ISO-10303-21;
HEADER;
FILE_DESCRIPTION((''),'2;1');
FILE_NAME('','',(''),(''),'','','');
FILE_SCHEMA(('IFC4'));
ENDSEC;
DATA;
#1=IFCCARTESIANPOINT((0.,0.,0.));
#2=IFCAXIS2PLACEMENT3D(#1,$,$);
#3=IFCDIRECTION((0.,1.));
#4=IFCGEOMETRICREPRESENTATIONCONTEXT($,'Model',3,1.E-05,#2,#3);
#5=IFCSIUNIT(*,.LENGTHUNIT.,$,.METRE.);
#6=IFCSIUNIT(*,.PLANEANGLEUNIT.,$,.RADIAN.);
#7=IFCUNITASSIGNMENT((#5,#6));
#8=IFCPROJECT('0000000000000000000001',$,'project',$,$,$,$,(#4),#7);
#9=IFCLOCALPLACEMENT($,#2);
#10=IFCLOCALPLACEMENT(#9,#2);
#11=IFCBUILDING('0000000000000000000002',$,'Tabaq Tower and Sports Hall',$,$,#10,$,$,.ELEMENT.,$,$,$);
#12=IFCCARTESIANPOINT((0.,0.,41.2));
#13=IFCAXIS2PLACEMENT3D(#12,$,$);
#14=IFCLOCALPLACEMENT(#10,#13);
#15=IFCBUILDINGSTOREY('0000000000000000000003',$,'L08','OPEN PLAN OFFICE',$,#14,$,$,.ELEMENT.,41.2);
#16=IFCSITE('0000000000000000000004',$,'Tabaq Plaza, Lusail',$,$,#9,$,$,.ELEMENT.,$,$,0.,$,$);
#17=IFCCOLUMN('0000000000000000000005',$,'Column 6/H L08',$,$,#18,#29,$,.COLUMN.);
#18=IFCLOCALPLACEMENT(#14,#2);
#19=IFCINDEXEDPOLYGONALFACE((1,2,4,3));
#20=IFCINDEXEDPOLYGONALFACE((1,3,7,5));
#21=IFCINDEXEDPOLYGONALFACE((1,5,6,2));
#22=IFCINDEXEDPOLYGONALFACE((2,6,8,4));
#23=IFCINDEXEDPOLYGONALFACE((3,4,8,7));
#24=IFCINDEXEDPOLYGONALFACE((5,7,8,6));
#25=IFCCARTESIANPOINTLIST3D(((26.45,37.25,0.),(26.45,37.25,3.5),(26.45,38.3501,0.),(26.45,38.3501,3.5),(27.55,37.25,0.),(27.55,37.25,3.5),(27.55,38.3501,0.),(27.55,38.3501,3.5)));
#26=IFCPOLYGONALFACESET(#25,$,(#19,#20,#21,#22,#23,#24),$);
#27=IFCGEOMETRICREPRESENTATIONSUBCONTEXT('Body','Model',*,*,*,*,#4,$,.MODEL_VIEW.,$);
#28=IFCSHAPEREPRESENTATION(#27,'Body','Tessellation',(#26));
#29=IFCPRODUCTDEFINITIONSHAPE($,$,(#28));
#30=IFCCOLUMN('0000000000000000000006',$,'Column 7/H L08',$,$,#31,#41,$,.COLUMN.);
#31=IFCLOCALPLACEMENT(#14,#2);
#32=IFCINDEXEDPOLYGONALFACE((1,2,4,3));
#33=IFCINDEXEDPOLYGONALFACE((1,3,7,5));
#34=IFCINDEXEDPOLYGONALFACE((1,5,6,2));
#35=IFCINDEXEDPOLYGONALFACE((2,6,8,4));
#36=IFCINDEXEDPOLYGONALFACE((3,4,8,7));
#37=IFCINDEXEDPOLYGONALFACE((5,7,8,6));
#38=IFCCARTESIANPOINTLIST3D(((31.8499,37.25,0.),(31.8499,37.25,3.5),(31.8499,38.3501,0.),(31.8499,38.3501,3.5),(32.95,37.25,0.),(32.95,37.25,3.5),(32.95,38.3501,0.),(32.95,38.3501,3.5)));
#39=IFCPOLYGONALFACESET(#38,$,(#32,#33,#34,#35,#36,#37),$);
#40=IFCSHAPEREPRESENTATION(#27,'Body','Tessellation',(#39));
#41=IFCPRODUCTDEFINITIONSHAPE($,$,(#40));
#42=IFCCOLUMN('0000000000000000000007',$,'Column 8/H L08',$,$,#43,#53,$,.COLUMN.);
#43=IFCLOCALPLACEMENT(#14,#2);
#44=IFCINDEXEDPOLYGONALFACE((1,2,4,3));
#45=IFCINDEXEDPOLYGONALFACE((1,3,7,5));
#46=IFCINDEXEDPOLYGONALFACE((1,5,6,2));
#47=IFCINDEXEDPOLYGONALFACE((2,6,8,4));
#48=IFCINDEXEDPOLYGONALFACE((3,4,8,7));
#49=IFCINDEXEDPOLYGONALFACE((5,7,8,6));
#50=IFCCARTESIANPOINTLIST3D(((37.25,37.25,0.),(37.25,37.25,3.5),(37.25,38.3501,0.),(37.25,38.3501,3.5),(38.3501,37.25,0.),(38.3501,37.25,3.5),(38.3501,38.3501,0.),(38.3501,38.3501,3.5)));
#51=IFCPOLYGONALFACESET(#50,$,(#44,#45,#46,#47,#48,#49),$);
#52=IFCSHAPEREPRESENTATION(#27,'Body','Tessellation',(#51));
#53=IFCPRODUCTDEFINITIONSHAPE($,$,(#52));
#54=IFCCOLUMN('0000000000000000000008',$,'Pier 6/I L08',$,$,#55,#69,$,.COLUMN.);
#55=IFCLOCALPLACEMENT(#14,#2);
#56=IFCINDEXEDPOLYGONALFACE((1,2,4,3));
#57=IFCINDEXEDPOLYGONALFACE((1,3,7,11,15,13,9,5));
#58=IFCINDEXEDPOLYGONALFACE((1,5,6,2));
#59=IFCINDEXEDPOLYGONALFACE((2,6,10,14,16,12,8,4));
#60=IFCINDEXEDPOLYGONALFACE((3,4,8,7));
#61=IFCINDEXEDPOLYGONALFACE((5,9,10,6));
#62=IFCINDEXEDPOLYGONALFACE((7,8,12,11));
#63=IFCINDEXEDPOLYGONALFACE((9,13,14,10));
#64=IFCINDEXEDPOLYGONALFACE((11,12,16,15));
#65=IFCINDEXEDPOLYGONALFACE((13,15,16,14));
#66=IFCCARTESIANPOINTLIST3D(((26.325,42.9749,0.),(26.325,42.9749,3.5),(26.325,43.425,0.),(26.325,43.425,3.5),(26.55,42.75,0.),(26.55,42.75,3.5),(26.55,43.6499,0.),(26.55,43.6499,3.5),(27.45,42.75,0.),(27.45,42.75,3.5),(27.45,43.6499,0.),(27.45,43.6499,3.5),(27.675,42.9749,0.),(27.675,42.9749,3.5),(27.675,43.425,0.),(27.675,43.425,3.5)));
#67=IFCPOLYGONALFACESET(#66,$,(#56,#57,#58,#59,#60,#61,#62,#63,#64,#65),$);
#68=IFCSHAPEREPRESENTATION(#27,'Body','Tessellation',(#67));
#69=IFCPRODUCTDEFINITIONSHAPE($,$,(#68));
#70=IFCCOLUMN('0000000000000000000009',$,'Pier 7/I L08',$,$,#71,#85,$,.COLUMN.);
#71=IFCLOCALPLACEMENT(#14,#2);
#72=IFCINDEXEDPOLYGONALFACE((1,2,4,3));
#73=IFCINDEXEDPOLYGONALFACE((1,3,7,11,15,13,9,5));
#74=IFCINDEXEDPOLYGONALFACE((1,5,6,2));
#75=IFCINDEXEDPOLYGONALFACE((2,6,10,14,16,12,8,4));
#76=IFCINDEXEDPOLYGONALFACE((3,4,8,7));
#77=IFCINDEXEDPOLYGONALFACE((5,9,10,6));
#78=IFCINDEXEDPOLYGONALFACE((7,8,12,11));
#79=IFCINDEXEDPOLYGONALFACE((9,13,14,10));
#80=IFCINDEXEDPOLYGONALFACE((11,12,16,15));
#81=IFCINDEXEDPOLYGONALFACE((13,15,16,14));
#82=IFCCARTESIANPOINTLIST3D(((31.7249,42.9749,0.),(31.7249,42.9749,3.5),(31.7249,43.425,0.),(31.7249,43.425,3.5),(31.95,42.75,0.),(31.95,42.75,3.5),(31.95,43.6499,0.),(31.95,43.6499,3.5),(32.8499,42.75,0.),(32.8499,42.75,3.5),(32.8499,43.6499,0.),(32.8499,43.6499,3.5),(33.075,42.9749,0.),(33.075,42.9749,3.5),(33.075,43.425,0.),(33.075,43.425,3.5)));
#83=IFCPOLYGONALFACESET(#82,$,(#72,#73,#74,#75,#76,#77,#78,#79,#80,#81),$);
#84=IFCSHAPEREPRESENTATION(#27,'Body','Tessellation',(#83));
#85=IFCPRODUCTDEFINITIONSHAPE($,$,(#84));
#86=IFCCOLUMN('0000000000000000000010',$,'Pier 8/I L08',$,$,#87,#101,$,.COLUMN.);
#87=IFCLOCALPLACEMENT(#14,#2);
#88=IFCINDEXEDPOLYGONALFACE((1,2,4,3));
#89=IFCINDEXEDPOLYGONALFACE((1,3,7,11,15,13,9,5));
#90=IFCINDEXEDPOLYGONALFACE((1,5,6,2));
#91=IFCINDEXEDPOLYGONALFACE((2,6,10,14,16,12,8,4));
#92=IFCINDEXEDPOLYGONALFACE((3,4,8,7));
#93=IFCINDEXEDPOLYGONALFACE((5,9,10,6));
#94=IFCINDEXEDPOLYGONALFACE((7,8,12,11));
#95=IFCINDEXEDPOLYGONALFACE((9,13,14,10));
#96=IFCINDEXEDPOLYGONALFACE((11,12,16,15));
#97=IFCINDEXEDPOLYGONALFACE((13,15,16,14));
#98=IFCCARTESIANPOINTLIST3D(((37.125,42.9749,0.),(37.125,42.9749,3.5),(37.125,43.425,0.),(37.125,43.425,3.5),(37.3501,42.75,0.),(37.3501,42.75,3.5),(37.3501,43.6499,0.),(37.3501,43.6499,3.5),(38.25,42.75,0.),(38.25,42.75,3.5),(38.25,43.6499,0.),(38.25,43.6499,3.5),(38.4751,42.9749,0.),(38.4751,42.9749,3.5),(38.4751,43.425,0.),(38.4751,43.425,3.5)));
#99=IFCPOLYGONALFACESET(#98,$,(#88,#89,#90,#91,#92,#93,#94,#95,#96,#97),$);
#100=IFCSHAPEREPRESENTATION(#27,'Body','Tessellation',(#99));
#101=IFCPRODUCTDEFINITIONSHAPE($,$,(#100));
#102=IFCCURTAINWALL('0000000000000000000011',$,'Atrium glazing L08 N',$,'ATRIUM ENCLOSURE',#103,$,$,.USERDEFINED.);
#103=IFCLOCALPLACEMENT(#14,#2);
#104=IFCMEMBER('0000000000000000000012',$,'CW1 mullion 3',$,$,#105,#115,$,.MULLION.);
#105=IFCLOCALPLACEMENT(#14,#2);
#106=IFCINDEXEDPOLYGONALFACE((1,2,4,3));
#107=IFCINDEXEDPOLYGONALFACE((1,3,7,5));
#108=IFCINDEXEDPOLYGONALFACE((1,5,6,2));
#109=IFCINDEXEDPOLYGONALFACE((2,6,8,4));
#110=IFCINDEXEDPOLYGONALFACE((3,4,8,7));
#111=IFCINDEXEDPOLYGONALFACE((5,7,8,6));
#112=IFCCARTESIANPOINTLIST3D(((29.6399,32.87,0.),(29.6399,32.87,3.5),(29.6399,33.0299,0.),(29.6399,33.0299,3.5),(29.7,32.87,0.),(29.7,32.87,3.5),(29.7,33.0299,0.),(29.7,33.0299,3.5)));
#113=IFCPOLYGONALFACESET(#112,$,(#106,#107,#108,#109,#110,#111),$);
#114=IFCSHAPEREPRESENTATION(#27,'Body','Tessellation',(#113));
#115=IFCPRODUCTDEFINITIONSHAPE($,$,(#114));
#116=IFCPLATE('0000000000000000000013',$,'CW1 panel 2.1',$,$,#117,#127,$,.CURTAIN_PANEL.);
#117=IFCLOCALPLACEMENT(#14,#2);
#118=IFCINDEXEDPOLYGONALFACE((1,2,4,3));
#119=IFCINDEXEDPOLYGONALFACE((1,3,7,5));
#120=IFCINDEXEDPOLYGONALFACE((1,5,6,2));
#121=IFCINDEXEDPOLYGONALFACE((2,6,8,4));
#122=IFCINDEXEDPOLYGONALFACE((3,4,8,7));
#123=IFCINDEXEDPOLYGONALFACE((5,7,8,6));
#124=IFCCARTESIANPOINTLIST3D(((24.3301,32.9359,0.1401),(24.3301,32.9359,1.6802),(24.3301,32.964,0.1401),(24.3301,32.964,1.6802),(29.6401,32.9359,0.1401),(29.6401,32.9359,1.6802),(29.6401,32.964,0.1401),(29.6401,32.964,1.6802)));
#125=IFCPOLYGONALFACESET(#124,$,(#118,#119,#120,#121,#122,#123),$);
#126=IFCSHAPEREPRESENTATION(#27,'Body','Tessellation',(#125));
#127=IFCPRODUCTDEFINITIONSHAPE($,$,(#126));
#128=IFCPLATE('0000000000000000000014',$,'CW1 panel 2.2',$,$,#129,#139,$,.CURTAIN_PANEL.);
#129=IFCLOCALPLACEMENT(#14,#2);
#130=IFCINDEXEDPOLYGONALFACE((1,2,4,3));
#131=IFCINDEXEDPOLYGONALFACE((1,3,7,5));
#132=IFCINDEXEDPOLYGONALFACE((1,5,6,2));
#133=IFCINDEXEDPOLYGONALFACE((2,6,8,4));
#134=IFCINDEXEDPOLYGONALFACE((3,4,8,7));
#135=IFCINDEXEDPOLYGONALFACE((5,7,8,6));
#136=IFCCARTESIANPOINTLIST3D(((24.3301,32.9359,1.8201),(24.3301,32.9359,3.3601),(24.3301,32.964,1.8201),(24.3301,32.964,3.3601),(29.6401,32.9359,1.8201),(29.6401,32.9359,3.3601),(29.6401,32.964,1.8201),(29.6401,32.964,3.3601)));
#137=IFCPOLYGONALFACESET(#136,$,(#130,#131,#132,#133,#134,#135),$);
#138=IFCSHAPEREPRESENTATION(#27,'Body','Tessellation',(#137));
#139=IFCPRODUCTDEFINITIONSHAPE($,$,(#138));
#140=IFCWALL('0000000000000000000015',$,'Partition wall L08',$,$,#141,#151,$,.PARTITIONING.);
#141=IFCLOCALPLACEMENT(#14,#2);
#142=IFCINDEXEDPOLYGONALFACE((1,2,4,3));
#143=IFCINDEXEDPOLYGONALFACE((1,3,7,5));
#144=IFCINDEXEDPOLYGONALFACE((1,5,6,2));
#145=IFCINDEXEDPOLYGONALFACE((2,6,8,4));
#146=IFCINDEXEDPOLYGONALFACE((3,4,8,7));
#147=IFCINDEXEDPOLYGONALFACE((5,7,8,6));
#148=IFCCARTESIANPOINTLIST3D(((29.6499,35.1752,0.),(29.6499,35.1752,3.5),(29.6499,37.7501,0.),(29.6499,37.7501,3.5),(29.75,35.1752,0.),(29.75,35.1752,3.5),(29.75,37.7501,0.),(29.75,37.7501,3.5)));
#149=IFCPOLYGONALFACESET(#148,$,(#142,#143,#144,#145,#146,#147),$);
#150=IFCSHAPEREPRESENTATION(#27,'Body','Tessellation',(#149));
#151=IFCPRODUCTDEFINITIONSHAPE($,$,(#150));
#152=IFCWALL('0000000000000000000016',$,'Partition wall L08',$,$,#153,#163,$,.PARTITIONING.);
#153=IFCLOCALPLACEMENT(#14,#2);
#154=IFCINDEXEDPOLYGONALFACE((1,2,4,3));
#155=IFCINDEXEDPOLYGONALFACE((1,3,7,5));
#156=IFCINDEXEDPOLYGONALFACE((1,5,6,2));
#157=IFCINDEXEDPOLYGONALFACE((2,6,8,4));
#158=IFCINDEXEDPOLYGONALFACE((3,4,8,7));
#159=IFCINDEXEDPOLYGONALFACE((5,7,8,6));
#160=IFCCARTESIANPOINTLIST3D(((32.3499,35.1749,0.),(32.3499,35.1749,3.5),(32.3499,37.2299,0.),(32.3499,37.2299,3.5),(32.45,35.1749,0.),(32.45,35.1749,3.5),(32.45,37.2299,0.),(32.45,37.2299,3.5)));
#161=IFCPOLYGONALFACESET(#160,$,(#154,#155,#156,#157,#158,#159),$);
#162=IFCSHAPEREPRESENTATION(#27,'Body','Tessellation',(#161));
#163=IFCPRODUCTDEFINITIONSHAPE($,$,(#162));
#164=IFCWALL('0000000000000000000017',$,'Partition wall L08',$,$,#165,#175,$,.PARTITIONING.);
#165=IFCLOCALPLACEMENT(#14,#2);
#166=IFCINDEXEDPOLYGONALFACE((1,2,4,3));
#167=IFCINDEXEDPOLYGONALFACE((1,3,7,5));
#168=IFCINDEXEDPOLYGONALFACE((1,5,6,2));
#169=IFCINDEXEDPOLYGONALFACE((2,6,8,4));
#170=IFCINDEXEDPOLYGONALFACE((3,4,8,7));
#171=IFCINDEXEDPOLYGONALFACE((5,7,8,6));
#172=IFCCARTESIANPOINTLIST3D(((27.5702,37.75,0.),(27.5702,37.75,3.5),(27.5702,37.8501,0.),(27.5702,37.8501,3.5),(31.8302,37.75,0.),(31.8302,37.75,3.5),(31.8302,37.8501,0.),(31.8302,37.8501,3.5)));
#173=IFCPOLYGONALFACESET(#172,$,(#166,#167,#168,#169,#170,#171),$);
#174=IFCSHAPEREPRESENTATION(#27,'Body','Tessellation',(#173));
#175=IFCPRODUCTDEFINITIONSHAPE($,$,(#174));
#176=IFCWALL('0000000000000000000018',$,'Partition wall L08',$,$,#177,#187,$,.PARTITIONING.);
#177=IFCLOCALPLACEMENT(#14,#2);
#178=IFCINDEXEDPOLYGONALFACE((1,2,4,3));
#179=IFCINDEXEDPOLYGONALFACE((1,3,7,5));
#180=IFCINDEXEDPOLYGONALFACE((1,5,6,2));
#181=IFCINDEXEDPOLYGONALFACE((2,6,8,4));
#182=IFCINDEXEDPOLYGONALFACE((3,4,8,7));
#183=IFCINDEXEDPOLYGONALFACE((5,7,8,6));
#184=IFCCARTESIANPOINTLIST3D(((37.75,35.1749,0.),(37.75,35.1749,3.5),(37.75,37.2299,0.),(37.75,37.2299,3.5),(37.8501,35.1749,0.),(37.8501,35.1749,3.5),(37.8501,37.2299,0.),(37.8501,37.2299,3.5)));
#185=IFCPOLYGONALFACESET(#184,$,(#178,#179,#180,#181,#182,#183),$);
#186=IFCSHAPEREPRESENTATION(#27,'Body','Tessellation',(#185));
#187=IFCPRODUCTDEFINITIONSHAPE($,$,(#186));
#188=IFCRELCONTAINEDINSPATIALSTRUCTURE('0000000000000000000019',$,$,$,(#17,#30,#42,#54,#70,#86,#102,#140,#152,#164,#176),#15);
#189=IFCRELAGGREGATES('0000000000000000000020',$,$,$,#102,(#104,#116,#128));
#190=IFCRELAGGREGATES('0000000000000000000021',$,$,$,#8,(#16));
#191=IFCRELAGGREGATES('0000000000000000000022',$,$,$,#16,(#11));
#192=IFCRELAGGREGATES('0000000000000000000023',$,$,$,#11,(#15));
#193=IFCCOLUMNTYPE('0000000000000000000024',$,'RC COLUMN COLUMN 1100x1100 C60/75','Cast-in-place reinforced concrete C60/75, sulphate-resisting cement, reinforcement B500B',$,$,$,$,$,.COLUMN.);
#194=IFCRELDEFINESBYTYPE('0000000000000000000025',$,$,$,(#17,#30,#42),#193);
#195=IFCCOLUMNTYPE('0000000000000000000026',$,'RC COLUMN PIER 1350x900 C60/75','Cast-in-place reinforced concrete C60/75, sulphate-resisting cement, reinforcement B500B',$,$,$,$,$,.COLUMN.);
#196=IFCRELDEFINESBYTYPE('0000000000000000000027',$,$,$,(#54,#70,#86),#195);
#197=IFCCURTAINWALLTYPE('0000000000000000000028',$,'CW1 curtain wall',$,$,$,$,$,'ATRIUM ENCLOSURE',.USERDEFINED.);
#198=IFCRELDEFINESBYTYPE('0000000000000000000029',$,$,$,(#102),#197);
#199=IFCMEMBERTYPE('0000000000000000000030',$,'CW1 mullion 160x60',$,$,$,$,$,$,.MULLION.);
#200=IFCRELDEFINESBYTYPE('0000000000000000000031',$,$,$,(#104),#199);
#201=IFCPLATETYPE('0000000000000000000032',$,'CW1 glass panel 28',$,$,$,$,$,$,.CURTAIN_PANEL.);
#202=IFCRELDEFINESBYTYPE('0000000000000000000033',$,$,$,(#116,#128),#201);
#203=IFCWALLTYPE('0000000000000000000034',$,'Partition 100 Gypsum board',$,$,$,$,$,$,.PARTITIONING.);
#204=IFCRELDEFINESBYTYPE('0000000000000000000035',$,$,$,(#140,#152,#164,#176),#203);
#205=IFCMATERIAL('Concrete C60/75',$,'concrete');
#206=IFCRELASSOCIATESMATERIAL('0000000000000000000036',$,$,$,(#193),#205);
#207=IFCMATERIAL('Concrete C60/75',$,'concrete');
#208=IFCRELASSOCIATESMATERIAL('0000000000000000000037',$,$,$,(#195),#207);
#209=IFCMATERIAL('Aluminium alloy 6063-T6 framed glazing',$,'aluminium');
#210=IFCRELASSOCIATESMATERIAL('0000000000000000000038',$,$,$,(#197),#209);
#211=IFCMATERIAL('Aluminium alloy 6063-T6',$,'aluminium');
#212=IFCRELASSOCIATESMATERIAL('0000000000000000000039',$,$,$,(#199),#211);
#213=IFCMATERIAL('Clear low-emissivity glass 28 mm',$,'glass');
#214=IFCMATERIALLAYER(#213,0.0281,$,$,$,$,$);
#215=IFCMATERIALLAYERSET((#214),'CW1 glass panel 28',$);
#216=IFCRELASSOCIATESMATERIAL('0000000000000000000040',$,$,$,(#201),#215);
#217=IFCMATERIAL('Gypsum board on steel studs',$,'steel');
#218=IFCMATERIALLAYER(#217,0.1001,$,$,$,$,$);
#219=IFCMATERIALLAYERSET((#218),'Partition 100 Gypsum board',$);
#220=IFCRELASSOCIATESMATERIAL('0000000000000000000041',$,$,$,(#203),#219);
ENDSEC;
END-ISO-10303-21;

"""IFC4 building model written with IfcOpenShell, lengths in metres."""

from ifc_helpers import new_model, si_unit, direction, frame, frame_2d, origin, origin_2d, place, context, subcontext, project, spatial, polyline, rectangle, outline, extrude, material, layer, layer_set, material_profile, profile_set, type_object, element, aggregate, save


model = new_model("IFC4")

# Units and contexts
model_context = context("Model", 3, precision=1e-05, world=origin(), true_north=direction((0.0, 1.0)))
body_context = subcontext(model_context, "Body", "Model", "MODEL_VIEW")
ifc_project = project(units=[si_unit("LENGTHUNIT", "METRE"), si_unit("PLANEANGLEUNIT", "RADIAN")], contexts=[model_context])

# Site, building, storey
site_placement = place(None, origin())
site = spatial("IfcSite", under=ifc_project, at=site_placement, Name="Tabaq Plaza, Lusail", CompositionType="ELEMENT", RefElevation=0.0)
building_placement = place(site_placement, origin())
building = spatial("IfcBuilding", under=site, at=building_placement, Name="Tabaq Tower and Sports Hall", CompositionType="ELEMENT")
storey_placement = place(building_placement, frame((0.0, 0.0, 41.2)))
storey = spatial("IfcBuildingStorey", under=building, at=storey_placement, Name="L08", Description="OPEN PLAN OFFICE", CompositionType="ELEMENT", Elevation=41.2)

# Columns
ifc_material_1 = material(Name="Concrete C60/75", Category="concrete")
ifc_material_profile_1 = material_profile(ifc_material_1, rectangle(XDim=1.1001, YDim=1.1001, at=origin_2d()), Name="COLUMN 1100x1100")
ifc_profile_set_1 = profile_set([ifc_material_profile_1], Name="Concrete C60/75")
column_type_1 = type_object("IfcColumnType", Name="RC COLUMN COLUMN 1100x1100 C60/75", Description="Cast-in-place reinforced concrete C60/75, sulphate-resisting cement, reinforcement B500B", PredefinedType="COLUMN", material=ifc_profile_set_1)
for number, where, z_axis, x_axis, name in (
    (1, (27.0, 37.8, 0.0), (0.0, 0.0, 1.0), (1.0, 0.0, 0.0), "Column 6/H L08"),
    (2, (32.3999, 37.8, 0.0), (0.0, 0.0, 1.0), (1.0, 0.0, 0.0), "Column 7/H L08"),
    (3, (37.8, 37.8, 0.0), (0.0, 0.0, 1.0), (1.0, 0.0, 0.0), "Column 8/H L08"),
):
    element("IfcColumn", number, at=place(storey_placement, frame(where, z_axis=z_axis, x_axis=x_axis)), inside=storey, type_object=column_type_1, Name=name, PredefinedType="COLUMN", context=body_context, shape_type="SweptSolid", body=[
        extrude(rectangle(XDim=1.1001, YDim=1.1001, at=origin_2d()), origin(), (0.0, 0.0, 1.0), 3.5),
    ])
ifc_material_2 = material(Name="Concrete C60/75", Category="concrete")
ifc_material_profile_2 = material_profile(ifc_material_2, outline(polyline([(-0.45, -0.45), (0.45, -0.45), (0.675, -0.2251), (0.675, 0.2251), (0.45, 0.45), (-0.45, 0.45), (-0.675, 0.2251), (-0.675, -0.2251), (-0.45, -0.45)])), Name="PIER 1350x900")
ifc_profile_set_2 = profile_set([ifc_material_profile_2], Name="Concrete C60/75")
column_type_2 = type_object("IfcColumnType", Name="RC COLUMN PIER 1350x900 C60/75", Description="Cast-in-place reinforced concrete C60/75, sulphate-resisting cement, reinforcement B500B", PredefinedType="COLUMN", material=ifc_profile_set_2)
for number, where, z_axis, x_axis, name in (
    (4, (27.0, 43.2, 0.0), (0.0, 0.0, 1.0), (1.0, 0.0, 0.0), "Pier 6/I L08"),
    (5, (32.3999, 43.2, 0.0), (0.0, 0.0, 1.0), (1.0, 0.0, 0.0), "Pier 7/I L08"),
    (6, (37.8, 43.2, 0.0), (0.0, 0.0, 1.0), (1.0, 0.0, 0.0), "Pier 8/I L08"),
):
    element("IfcColumn", number, at=place(storey_placement, frame(where, z_axis=z_axis, x_axis=x_axis)), inside=storey, type_object=column_type_2, Name=name, PredefinedType="COLUMN", context=body_context, shape_type="SweptSolid", body=[
        extrude(outline(polyline([(-0.45, -0.45), (0.45, -0.45), (0.675, -0.2251), (0.675, 0.2251), (0.45, 0.45), (-0.45, 0.45), (-0.675, 0.2251), (-0.675, -0.2251), (-0.45, -0.45)])), origin(), (0.0, 0.0, 1.0), 3.5),
    ])

# Curtain wall, member, plates
ifc_material_3 = material(Name="Aluminium alloy 6063-T6 framed glazing", Category="aluminium")
curtain_wall_type = type_object("IfcCurtainWallType", Name="CW1 curtain wall", ElementType="ATRIUM ENCLOSURE", PredefinedType="USERDEFINED", material=ifc_material_3)
curtain_wall_placement = place(storey_placement, origin())
curtain_wall = element("IfcCurtainWall", 7, at=curtain_wall_placement, inside=storey, type_object=curtain_wall_type, Name="Atrium glazing L08 N", ObjectType="ATRIUM ENCLOSURE", PredefinedType="USERDEFINED")
ifc_material_4 = material(Name="Aluminium alloy 6063-T6", Category="aluminium")
ifc_material_profile_3 = material_profile(ifc_material_4, rectangle(XDim=0.1599, YDim=0.0601, at=origin_2d()), Name="MULLION 160x60")
ifc_profile_set_3 = profile_set([ifc_material_profile_3], Name="Aluminium alloy 6063-T6")
member_type = type_object("IfcMemberType", Name="CW1 mullion 160x60", PredefinedType="MULLION", material=ifc_profile_set_3)
member_placement = place(storey_placement, frame((29.6699, 32.95, 0.0), z_axis=(0.0, 0.0, 1.0), x_axis=(0.0, 1.0, 0.0)))
member = element("IfcMember", 8, at=member_placement, type_object=member_type, Name="CW1 mullion 3", PredefinedType="MULLION", context=body_context, shape_type="SweptSolid", body=[
    extrude(rectangle(XDim=0.1599, YDim=0.0601, at=origin_2d()), origin(), (0.0, 0.0, 1.0), 3.5),
])
ifc_material_5 = material(Name="Clear low-emissivity glass 28 mm", Category="glass")
ifc_layer_1 = layer(ifc_material_5, 0.0281)
ifc_layer_set_1 = layer_set([ifc_layer_1], Name="CW1 glass panel 28")
plate_type = type_object("IfcPlateType", Name="CW1 glass panel 28", PredefinedType="CURTAIN_PANEL", material=ifc_layer_set_1)
plate_1_placement = place(storey_placement, frame((26.9851, 32.95, 0.1401), z_axis=(0.0, 0.0, 1.0), x_axis=(1.0, 0.0, 0.0)))
plate_1 = element("IfcPlate", 9, at=plate_1_placement, type_object=plate_type, Name="CW1 panel 2.1", PredefinedType="CURTAIN_PANEL", context=body_context, shape_type="SweptSolid", body=[
    extrude(rectangle(XDim=5.3101, YDim=0.0281, at=origin_2d()), origin(), (0.0, 0.0, 1.0), 1.54),
])
plate_2_placement = place(storey_placement, frame((26.9851, 32.95, 1.8201), z_axis=(0.0, 0.0, 1.0), x_axis=(1.0, 0.0, 0.0)))
plate_2 = element("IfcPlate", 10, at=plate_2_placement, type_object=plate_type, Name="CW1 panel 2.2", PredefinedType="CURTAIN_PANEL", context=body_context, shape_type="SweptSolid", body=[
    extrude(rectangle(XDim=5.3101, YDim=0.0281, at=origin_2d()), origin(), (0.0, 0.0, 1.0), 1.54),
])
aggregate(curtain_wall, [member, plate_1, plate_2])

# Walls
ifc_material_6 = material(Name="Gypsum board on steel studs", Category="steel")
ifc_layer_2 = layer(ifc_material_6, 0.1001)
ifc_layer_set_2 = layer_set([ifc_layer_2], Name="Partition 100 Gypsum board")
wall_type_1 = type_object("IfcWallType", Name="Partition 100 Gypsum board", PredefinedType="PARTITIONING", material=ifc_layer_set_2)
wall_1_placement = place(storey_placement, frame((29.7, 35.175, 0.0), z_axis=(0.0, 0.0, 1.0), x_axis=(0.0, 1.0, 0.0)))
element("IfcWall", 11, at=wall_1_placement, inside=storey, type_object=wall_type_1, Name="Partition wall L08", PredefinedType="PARTITIONING", context=body_context, shape_type="SweptSolid", body=[
    extrude(rectangle(XDim=2.575, YDim=0.1001, at=frame_2d((1.2876, 0.0))), origin(), (0.0, 0.0, 1.0), 3.5),
])
wall_2_placement = place(storey_placement, frame((32.3999, 35.175, 0.0), z_axis=(0.0, 0.0, 1.0), x_axis=(0.0, 1.0, 0.0)))
element("IfcWall", 12, at=wall_2_placement, inside=storey, type_object=wall_type_1, Name="Partition wall L08", PredefinedType="PARTITIONING", context=body_context, shape_type="SweptSolid", body=[
    extrude(rectangle(XDim=2.0549, YDim=0.1001, at=frame_2d((1.0273, 0.0))), origin(), (0.0, 0.0, 1.0), 3.5),
])
wall_3_placement = place(storey_placement, frame((31.8301, 37.8, 0.0), z_axis=(0.0, 0.0, 1.0), x_axis=(-1.0, 0.0, 0.0)))
element("IfcWall", 13, at=wall_3_placement, inside=storey, type_object=wall_type_1, Name="Partition wall L08", PredefinedType="PARTITIONING", context=body_context, shape_type="SweptSolid", body=[
    extrude(rectangle(XDim=4.26, YDim=0.1001, at=frame_2d((2.1299, 0.0))), origin(), (0.0, 0.0, 1.0), 3.5),
])
wall_4_placement = place(storey_placement, frame((37.8, 35.175, 0.0), z_axis=(0.0, 0.0, 1.0), x_axis=(0.0, 1.0, 0.0)))
element("IfcWall", 14, at=wall_4_placement, inside=storey, type_object=wall_type_1, Name="Partition wall L08", PredefinedType="PARTITIONING", context=body_context, shape_type="SweptSolid", body=[
    extrude(rectangle(XDim=2.0549, YDim=0.1001, at=frame_2d((1.0273, 0.0))), origin(), (0.0, 0.0, 1.0), 3.5),
])

save(model, "model.ifc")
